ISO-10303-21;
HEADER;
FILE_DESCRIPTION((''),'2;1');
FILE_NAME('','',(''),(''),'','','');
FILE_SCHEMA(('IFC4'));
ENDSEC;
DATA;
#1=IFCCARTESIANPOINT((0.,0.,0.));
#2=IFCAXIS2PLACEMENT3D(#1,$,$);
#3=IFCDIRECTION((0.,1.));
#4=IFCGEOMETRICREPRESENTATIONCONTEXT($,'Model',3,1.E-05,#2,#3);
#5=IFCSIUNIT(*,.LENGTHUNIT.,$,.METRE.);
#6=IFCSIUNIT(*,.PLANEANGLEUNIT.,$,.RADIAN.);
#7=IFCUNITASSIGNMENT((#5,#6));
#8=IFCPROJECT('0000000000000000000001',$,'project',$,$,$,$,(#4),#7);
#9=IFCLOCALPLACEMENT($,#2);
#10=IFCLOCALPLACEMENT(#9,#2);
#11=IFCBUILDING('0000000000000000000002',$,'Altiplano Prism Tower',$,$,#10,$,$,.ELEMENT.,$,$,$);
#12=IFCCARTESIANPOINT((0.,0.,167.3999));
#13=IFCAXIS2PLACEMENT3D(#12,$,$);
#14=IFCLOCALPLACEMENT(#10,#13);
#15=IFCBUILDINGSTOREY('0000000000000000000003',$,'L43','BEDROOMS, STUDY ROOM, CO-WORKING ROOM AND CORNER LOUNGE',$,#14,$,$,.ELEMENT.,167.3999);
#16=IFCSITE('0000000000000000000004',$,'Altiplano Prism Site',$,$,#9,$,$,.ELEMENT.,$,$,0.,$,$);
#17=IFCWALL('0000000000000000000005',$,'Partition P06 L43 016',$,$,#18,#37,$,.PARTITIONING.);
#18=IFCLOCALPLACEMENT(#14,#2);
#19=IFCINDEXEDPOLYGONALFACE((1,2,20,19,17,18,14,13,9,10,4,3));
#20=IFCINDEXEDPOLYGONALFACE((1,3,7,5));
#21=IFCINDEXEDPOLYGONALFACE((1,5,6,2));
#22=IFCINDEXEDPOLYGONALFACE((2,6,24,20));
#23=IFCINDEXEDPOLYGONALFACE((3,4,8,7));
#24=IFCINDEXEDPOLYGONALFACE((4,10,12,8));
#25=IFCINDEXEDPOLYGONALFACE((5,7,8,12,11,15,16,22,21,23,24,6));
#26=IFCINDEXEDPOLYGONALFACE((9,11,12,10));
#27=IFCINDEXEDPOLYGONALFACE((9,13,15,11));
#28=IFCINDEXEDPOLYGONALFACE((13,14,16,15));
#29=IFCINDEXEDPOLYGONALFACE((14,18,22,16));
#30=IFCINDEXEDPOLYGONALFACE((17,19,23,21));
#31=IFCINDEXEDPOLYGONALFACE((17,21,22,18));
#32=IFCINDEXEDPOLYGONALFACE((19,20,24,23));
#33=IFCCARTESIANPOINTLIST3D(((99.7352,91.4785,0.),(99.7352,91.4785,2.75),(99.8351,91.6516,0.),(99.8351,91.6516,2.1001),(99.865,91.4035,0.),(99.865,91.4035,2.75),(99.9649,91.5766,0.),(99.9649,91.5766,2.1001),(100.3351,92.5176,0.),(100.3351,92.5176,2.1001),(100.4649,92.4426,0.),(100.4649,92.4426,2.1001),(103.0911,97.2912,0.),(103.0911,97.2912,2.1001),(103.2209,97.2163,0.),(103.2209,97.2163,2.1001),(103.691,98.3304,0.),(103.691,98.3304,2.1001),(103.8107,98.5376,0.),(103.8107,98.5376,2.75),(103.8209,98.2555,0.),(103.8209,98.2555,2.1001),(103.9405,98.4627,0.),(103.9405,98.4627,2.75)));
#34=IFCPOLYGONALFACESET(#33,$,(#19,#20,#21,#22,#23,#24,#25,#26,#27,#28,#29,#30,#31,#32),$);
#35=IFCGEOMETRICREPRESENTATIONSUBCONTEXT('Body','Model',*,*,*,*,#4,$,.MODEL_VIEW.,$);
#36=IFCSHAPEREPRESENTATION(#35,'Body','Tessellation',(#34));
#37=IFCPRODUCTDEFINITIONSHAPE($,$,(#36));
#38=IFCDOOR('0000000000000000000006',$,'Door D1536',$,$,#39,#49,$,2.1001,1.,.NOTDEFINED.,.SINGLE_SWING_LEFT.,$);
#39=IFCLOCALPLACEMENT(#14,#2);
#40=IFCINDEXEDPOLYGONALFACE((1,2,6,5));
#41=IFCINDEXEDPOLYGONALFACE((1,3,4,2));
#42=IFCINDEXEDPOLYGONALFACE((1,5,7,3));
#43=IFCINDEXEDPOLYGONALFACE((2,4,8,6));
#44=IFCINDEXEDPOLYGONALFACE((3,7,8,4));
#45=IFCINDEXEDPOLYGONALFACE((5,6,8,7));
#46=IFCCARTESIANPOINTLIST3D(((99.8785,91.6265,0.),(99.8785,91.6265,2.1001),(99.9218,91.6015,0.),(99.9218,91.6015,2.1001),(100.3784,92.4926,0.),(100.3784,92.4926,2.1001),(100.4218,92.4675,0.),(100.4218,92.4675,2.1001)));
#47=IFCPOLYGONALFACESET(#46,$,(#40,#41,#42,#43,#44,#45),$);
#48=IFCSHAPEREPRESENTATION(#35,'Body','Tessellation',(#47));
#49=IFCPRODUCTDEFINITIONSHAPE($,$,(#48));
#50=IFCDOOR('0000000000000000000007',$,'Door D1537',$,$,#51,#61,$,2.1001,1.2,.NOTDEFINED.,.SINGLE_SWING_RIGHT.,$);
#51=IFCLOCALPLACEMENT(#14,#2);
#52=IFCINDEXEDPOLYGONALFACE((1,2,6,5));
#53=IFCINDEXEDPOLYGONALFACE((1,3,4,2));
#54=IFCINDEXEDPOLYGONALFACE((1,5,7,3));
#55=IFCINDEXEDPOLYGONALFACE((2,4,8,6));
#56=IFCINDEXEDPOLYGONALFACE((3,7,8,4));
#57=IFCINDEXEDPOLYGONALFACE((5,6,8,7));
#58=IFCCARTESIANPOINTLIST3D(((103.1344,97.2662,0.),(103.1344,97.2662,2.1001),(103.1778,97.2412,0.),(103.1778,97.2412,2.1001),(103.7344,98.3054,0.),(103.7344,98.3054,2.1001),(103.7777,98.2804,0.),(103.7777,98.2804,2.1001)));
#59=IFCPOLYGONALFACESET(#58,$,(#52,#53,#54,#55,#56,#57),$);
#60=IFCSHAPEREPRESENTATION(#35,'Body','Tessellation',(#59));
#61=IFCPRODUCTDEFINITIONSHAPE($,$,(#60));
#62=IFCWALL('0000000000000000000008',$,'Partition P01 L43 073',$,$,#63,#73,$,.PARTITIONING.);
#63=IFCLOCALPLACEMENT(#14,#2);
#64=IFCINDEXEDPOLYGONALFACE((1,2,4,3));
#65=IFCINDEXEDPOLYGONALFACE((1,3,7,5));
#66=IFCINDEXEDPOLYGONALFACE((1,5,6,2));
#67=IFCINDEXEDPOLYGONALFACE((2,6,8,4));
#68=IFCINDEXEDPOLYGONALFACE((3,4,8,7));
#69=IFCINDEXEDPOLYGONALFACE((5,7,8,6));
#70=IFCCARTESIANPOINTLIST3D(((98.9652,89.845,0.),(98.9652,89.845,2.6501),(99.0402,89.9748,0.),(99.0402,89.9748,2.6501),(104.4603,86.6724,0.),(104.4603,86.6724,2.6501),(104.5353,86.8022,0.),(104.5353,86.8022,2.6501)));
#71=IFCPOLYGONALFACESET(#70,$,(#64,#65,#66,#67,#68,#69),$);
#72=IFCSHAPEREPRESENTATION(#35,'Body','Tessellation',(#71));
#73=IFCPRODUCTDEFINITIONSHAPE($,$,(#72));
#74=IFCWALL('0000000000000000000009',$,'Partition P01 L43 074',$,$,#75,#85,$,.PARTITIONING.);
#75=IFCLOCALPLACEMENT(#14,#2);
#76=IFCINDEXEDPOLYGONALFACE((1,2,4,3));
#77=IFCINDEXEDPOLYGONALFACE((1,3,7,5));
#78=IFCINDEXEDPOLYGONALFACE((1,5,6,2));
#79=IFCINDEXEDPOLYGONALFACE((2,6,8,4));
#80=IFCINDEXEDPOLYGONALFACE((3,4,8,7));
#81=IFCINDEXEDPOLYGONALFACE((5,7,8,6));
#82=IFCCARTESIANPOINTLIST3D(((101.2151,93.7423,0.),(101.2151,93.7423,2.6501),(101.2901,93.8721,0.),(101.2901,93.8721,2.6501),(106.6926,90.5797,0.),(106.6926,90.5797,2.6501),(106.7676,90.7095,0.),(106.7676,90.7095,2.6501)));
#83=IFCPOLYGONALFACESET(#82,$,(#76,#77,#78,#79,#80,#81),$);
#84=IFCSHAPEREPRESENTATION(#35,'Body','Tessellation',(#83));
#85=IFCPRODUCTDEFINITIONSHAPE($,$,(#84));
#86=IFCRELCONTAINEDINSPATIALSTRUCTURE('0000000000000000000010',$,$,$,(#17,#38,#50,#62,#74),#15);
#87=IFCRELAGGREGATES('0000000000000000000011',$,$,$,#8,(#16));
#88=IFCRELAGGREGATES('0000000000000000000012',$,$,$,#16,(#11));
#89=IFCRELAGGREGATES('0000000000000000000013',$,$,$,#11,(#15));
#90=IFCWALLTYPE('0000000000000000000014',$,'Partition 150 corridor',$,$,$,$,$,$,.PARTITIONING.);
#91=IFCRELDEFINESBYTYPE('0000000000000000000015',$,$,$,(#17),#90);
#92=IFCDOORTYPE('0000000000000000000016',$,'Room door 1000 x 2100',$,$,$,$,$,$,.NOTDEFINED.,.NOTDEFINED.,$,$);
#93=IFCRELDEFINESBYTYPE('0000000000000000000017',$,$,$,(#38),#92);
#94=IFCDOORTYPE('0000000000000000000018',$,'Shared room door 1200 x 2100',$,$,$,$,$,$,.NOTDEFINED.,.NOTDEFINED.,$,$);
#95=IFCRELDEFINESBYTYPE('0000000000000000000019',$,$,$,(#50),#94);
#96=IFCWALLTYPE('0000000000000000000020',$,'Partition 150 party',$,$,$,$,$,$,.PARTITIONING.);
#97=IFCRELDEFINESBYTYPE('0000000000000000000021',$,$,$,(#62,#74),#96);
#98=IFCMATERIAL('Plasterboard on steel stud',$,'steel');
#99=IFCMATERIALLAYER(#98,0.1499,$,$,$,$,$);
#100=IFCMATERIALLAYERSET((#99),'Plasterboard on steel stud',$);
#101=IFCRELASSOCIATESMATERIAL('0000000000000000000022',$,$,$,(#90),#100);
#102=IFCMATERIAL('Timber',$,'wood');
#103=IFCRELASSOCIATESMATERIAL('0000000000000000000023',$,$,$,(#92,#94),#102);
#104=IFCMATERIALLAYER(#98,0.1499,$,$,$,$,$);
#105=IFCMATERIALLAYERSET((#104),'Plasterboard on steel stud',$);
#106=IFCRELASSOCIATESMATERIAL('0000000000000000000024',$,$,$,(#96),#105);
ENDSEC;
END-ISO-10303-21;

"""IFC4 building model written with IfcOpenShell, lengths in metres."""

from ifc_helpers import new_model, si_unit, direction, frame, frame_2d, origin, place, context, subcontext, project, spatial, rectangle, extrude, material, layer, layer_set, type_object, element, fill, save


model = new_model("IFC4")

# Units and contexts
model_context = context("Model", 3, precision=1e-05, world=origin(), true_north=direction((0.0, 1.0)))
body_context = subcontext(model_context, "Body", "Model", "MODEL_VIEW")
ifc_project = project(units=[si_unit("LENGTHUNIT", "METRE"), si_unit("PLANEANGLEUNIT", "RADIAN")], contexts=[model_context])

# Site, building, storey
site_placement = place(None, origin())
site = spatial("IfcSite", under=ifc_project, at=site_placement, Name="Altiplano Prism Site", CompositionType="ELEMENT", RefElevation=0.0)
building_placement = place(site_placement, origin())
building = spatial("IfcBuilding", under=site, at=building_placement, Name="Altiplano Prism Tower", CompositionType="ELEMENT")
storey_placement = place(building_placement, frame((0.0, 0.0, 167.3999)))
storey = spatial("IfcBuildingStorey", under=building, at=storey_placement, Name="L43", Description="BEDROOMS, STUDY ROOM, CO-WORKING ROOM AND CORNER LOUNGE", CompositionType="ELEMENT", Elevation=167.3999)

# Shared definitions
ifc_material_1 = material(Name="Plasterboard on steel stud", Category="steel")
ifc_material_2 = material(Name="Timber", Category="wood")

# Shared definitions
ifc_layer_1 = layer(ifc_material_1, 0.1499)
ifc_layer_set_1 = layer_set([ifc_layer_1], Name="Plasterboard on steel stud")
wall_type_1 = type_object("IfcWallType", Name="Partition 150 corridor", PredefinedType="PARTITIONING", material=ifc_layer_set_1)
door_type_1 = type_object("IfcDoorType", Name="Room door 1000 x 2100", OperationType="NOTDEFINED", PredefinedType="NOTDEFINED", material=ifc_material_2)

# Wall, openings, doors
wall_1_placement = place(storey_placement, frame((99.8, 91.4409, 0.0), z_axis=(0.0, 0.0, 1.0), x_axis=(0.499989, 0.866032, 0.0)))
wall_1 = element("IfcWall", 1, at=wall_1_placement, inside=storey, type_object=wall_type_1, Name="Partition P06 L43 016", PredefinedType="PARTITIONING", context=body_context, shape_type="SweptSolid", body=[
    extrude(rectangle(XDim=8.1511, YDim=0.1499, at=frame_2d((4.0757, 0.0))), origin(), (0.0, 0.0, 1.0), 2.75),
])
opening_1_placement = place(wall_1_placement, frame((0.2, 0.0, 0.0)))
opening_1 = element("IfcOpeningElement", 2, at=opening_1_placement, cuts=wall_1, PredefinedType="OPENING", context=body_context, shape_type="SweptSolid", body=[
    extrude(rectangle(XDim=1.0, YDim=2.1001, at=frame_2d((0.5, 1.05))), frame((0.0, 0.0854, 0.0), z_axis=(0.0, -1.0, 0.0), x_axis=(1.0, 0.0, 0.0)), (0.0, 0.0, 1.0), 0.1709),
])
opening_2_placement = place(wall_1_placement, frame((6.7119, 0.0, 0.0)))
opening_2 = element("IfcOpeningElement", 3, at=opening_2_placement, cuts=wall_1, PredefinedType="OPENING", context=body_context, shape_type="SweptSolid", body=[
    extrude(rectangle(XDim=1.2, YDim=2.1001, at=frame_2d((0.6001, 1.05))), frame((0.0, 0.0854, 0.0), z_axis=(0.0, -1.0, 0.0), x_axis=(1.0, 0.0, 0.0)), (0.0, 0.0, 1.0), 0.1709),
])
door_1_placement = place(opening_1_placement, origin())
door_1 = element("IfcDoor", 4, at=door_1_placement, inside=storey, type_object=door_type_1, Name="Door D1536", OperationType="SINGLE_SWING_LEFT", OverallHeight=2.1001, OverallWidth=1.0, PredefinedType="NOTDEFINED", context=body_context, shape_type="SweptSolid", body=[
    extrude(rectangle(XDim=1.0, YDim=2.1001, at=frame_2d((0.5, 1.05))), frame((0.0, 0.0249, 0.0), z_axis=(0.0, -1.0, 0.0), x_axis=(1.0, 0.0, 0.0)), (0.0, 0.0, 1.0), 0.05),
])
fill(opening_1, door_1)
door_type_2 = type_object("IfcDoorType", Name="Shared room door 1200 x 2100", OperationType="NOTDEFINED", PredefinedType="NOTDEFINED", material=ifc_material_2)
door_2_placement = place(opening_2_placement, origin())
door_2 = element("IfcDoor", 5, at=door_2_placement, inside=storey, type_object=door_type_2, Name="Door D1537", OperationType="SINGLE_SWING_RIGHT", OverallHeight=2.1001, OverallWidth=1.2, PredefinedType="NOTDEFINED", context=body_context, shape_type="SweptSolid", body=[
    extrude(rectangle(XDim=1.2, YDim=2.1001, at=frame_2d((0.6001, 1.05))), frame((0.0, 0.0249, 0.0), z_axis=(0.0, -1.0, 0.0), x_axis=(1.0, 0.0, 0.0)), (0.0, 0.0, 1.0), 0.05),
])
fill(opening_2, door_2)

# Walls
ifc_layer_2 = layer(ifc_material_1, 0.1499)
ifc_layer_set_2 = layer_set([ifc_layer_2], Name="Plasterboard on steel stud")
wall_type_2 = type_object("IfcWallType", Name="Partition 150 party", PredefinedType="PARTITIONING", material=ifc_layer_set_2)
wall_2_placement = place(storey_placement, frame((104.4978, 86.7373, 0.0), z_axis=(0.0, 0.0, 1.0), x_axis=(-0.866025, 0.5, 0.0)))
element("IfcWall", 6, at=wall_2_placement, inside=storey, type_object=wall_type_2, Name="Partition P01 L43 073", PredefinedType="PARTITIONING", context=body_context, shape_type="SweptSolid", body=[
    extrude(rectangle(XDim=6.3452, YDim=0.1499, at=frame_2d((3.1726, 0.0))), origin(), (0.0, 0.0, 1.0), 2.6501),
])
wall_3_placement = place(storey_placement, frame((106.7302, 90.6445, 0.0), z_axis=(0.0, 0.0, 1.0), x_axis=(-0.866016, 0.500016, 0.0)))
element("IfcWall", 7, at=wall_3_placement, inside=storey, type_object=wall_type_2, Name="Partition P01 L43 074", PredefinedType="PARTITIONING", context=body_context, shape_type="SweptSolid", body=[
    extrude(rectangle(XDim=6.325, YDim=0.1499, at=frame_2d((3.1626, 0.0))), origin(), (0.0, 0.0, 1.0), 2.6501),
])

save(model, "model.ifc")
